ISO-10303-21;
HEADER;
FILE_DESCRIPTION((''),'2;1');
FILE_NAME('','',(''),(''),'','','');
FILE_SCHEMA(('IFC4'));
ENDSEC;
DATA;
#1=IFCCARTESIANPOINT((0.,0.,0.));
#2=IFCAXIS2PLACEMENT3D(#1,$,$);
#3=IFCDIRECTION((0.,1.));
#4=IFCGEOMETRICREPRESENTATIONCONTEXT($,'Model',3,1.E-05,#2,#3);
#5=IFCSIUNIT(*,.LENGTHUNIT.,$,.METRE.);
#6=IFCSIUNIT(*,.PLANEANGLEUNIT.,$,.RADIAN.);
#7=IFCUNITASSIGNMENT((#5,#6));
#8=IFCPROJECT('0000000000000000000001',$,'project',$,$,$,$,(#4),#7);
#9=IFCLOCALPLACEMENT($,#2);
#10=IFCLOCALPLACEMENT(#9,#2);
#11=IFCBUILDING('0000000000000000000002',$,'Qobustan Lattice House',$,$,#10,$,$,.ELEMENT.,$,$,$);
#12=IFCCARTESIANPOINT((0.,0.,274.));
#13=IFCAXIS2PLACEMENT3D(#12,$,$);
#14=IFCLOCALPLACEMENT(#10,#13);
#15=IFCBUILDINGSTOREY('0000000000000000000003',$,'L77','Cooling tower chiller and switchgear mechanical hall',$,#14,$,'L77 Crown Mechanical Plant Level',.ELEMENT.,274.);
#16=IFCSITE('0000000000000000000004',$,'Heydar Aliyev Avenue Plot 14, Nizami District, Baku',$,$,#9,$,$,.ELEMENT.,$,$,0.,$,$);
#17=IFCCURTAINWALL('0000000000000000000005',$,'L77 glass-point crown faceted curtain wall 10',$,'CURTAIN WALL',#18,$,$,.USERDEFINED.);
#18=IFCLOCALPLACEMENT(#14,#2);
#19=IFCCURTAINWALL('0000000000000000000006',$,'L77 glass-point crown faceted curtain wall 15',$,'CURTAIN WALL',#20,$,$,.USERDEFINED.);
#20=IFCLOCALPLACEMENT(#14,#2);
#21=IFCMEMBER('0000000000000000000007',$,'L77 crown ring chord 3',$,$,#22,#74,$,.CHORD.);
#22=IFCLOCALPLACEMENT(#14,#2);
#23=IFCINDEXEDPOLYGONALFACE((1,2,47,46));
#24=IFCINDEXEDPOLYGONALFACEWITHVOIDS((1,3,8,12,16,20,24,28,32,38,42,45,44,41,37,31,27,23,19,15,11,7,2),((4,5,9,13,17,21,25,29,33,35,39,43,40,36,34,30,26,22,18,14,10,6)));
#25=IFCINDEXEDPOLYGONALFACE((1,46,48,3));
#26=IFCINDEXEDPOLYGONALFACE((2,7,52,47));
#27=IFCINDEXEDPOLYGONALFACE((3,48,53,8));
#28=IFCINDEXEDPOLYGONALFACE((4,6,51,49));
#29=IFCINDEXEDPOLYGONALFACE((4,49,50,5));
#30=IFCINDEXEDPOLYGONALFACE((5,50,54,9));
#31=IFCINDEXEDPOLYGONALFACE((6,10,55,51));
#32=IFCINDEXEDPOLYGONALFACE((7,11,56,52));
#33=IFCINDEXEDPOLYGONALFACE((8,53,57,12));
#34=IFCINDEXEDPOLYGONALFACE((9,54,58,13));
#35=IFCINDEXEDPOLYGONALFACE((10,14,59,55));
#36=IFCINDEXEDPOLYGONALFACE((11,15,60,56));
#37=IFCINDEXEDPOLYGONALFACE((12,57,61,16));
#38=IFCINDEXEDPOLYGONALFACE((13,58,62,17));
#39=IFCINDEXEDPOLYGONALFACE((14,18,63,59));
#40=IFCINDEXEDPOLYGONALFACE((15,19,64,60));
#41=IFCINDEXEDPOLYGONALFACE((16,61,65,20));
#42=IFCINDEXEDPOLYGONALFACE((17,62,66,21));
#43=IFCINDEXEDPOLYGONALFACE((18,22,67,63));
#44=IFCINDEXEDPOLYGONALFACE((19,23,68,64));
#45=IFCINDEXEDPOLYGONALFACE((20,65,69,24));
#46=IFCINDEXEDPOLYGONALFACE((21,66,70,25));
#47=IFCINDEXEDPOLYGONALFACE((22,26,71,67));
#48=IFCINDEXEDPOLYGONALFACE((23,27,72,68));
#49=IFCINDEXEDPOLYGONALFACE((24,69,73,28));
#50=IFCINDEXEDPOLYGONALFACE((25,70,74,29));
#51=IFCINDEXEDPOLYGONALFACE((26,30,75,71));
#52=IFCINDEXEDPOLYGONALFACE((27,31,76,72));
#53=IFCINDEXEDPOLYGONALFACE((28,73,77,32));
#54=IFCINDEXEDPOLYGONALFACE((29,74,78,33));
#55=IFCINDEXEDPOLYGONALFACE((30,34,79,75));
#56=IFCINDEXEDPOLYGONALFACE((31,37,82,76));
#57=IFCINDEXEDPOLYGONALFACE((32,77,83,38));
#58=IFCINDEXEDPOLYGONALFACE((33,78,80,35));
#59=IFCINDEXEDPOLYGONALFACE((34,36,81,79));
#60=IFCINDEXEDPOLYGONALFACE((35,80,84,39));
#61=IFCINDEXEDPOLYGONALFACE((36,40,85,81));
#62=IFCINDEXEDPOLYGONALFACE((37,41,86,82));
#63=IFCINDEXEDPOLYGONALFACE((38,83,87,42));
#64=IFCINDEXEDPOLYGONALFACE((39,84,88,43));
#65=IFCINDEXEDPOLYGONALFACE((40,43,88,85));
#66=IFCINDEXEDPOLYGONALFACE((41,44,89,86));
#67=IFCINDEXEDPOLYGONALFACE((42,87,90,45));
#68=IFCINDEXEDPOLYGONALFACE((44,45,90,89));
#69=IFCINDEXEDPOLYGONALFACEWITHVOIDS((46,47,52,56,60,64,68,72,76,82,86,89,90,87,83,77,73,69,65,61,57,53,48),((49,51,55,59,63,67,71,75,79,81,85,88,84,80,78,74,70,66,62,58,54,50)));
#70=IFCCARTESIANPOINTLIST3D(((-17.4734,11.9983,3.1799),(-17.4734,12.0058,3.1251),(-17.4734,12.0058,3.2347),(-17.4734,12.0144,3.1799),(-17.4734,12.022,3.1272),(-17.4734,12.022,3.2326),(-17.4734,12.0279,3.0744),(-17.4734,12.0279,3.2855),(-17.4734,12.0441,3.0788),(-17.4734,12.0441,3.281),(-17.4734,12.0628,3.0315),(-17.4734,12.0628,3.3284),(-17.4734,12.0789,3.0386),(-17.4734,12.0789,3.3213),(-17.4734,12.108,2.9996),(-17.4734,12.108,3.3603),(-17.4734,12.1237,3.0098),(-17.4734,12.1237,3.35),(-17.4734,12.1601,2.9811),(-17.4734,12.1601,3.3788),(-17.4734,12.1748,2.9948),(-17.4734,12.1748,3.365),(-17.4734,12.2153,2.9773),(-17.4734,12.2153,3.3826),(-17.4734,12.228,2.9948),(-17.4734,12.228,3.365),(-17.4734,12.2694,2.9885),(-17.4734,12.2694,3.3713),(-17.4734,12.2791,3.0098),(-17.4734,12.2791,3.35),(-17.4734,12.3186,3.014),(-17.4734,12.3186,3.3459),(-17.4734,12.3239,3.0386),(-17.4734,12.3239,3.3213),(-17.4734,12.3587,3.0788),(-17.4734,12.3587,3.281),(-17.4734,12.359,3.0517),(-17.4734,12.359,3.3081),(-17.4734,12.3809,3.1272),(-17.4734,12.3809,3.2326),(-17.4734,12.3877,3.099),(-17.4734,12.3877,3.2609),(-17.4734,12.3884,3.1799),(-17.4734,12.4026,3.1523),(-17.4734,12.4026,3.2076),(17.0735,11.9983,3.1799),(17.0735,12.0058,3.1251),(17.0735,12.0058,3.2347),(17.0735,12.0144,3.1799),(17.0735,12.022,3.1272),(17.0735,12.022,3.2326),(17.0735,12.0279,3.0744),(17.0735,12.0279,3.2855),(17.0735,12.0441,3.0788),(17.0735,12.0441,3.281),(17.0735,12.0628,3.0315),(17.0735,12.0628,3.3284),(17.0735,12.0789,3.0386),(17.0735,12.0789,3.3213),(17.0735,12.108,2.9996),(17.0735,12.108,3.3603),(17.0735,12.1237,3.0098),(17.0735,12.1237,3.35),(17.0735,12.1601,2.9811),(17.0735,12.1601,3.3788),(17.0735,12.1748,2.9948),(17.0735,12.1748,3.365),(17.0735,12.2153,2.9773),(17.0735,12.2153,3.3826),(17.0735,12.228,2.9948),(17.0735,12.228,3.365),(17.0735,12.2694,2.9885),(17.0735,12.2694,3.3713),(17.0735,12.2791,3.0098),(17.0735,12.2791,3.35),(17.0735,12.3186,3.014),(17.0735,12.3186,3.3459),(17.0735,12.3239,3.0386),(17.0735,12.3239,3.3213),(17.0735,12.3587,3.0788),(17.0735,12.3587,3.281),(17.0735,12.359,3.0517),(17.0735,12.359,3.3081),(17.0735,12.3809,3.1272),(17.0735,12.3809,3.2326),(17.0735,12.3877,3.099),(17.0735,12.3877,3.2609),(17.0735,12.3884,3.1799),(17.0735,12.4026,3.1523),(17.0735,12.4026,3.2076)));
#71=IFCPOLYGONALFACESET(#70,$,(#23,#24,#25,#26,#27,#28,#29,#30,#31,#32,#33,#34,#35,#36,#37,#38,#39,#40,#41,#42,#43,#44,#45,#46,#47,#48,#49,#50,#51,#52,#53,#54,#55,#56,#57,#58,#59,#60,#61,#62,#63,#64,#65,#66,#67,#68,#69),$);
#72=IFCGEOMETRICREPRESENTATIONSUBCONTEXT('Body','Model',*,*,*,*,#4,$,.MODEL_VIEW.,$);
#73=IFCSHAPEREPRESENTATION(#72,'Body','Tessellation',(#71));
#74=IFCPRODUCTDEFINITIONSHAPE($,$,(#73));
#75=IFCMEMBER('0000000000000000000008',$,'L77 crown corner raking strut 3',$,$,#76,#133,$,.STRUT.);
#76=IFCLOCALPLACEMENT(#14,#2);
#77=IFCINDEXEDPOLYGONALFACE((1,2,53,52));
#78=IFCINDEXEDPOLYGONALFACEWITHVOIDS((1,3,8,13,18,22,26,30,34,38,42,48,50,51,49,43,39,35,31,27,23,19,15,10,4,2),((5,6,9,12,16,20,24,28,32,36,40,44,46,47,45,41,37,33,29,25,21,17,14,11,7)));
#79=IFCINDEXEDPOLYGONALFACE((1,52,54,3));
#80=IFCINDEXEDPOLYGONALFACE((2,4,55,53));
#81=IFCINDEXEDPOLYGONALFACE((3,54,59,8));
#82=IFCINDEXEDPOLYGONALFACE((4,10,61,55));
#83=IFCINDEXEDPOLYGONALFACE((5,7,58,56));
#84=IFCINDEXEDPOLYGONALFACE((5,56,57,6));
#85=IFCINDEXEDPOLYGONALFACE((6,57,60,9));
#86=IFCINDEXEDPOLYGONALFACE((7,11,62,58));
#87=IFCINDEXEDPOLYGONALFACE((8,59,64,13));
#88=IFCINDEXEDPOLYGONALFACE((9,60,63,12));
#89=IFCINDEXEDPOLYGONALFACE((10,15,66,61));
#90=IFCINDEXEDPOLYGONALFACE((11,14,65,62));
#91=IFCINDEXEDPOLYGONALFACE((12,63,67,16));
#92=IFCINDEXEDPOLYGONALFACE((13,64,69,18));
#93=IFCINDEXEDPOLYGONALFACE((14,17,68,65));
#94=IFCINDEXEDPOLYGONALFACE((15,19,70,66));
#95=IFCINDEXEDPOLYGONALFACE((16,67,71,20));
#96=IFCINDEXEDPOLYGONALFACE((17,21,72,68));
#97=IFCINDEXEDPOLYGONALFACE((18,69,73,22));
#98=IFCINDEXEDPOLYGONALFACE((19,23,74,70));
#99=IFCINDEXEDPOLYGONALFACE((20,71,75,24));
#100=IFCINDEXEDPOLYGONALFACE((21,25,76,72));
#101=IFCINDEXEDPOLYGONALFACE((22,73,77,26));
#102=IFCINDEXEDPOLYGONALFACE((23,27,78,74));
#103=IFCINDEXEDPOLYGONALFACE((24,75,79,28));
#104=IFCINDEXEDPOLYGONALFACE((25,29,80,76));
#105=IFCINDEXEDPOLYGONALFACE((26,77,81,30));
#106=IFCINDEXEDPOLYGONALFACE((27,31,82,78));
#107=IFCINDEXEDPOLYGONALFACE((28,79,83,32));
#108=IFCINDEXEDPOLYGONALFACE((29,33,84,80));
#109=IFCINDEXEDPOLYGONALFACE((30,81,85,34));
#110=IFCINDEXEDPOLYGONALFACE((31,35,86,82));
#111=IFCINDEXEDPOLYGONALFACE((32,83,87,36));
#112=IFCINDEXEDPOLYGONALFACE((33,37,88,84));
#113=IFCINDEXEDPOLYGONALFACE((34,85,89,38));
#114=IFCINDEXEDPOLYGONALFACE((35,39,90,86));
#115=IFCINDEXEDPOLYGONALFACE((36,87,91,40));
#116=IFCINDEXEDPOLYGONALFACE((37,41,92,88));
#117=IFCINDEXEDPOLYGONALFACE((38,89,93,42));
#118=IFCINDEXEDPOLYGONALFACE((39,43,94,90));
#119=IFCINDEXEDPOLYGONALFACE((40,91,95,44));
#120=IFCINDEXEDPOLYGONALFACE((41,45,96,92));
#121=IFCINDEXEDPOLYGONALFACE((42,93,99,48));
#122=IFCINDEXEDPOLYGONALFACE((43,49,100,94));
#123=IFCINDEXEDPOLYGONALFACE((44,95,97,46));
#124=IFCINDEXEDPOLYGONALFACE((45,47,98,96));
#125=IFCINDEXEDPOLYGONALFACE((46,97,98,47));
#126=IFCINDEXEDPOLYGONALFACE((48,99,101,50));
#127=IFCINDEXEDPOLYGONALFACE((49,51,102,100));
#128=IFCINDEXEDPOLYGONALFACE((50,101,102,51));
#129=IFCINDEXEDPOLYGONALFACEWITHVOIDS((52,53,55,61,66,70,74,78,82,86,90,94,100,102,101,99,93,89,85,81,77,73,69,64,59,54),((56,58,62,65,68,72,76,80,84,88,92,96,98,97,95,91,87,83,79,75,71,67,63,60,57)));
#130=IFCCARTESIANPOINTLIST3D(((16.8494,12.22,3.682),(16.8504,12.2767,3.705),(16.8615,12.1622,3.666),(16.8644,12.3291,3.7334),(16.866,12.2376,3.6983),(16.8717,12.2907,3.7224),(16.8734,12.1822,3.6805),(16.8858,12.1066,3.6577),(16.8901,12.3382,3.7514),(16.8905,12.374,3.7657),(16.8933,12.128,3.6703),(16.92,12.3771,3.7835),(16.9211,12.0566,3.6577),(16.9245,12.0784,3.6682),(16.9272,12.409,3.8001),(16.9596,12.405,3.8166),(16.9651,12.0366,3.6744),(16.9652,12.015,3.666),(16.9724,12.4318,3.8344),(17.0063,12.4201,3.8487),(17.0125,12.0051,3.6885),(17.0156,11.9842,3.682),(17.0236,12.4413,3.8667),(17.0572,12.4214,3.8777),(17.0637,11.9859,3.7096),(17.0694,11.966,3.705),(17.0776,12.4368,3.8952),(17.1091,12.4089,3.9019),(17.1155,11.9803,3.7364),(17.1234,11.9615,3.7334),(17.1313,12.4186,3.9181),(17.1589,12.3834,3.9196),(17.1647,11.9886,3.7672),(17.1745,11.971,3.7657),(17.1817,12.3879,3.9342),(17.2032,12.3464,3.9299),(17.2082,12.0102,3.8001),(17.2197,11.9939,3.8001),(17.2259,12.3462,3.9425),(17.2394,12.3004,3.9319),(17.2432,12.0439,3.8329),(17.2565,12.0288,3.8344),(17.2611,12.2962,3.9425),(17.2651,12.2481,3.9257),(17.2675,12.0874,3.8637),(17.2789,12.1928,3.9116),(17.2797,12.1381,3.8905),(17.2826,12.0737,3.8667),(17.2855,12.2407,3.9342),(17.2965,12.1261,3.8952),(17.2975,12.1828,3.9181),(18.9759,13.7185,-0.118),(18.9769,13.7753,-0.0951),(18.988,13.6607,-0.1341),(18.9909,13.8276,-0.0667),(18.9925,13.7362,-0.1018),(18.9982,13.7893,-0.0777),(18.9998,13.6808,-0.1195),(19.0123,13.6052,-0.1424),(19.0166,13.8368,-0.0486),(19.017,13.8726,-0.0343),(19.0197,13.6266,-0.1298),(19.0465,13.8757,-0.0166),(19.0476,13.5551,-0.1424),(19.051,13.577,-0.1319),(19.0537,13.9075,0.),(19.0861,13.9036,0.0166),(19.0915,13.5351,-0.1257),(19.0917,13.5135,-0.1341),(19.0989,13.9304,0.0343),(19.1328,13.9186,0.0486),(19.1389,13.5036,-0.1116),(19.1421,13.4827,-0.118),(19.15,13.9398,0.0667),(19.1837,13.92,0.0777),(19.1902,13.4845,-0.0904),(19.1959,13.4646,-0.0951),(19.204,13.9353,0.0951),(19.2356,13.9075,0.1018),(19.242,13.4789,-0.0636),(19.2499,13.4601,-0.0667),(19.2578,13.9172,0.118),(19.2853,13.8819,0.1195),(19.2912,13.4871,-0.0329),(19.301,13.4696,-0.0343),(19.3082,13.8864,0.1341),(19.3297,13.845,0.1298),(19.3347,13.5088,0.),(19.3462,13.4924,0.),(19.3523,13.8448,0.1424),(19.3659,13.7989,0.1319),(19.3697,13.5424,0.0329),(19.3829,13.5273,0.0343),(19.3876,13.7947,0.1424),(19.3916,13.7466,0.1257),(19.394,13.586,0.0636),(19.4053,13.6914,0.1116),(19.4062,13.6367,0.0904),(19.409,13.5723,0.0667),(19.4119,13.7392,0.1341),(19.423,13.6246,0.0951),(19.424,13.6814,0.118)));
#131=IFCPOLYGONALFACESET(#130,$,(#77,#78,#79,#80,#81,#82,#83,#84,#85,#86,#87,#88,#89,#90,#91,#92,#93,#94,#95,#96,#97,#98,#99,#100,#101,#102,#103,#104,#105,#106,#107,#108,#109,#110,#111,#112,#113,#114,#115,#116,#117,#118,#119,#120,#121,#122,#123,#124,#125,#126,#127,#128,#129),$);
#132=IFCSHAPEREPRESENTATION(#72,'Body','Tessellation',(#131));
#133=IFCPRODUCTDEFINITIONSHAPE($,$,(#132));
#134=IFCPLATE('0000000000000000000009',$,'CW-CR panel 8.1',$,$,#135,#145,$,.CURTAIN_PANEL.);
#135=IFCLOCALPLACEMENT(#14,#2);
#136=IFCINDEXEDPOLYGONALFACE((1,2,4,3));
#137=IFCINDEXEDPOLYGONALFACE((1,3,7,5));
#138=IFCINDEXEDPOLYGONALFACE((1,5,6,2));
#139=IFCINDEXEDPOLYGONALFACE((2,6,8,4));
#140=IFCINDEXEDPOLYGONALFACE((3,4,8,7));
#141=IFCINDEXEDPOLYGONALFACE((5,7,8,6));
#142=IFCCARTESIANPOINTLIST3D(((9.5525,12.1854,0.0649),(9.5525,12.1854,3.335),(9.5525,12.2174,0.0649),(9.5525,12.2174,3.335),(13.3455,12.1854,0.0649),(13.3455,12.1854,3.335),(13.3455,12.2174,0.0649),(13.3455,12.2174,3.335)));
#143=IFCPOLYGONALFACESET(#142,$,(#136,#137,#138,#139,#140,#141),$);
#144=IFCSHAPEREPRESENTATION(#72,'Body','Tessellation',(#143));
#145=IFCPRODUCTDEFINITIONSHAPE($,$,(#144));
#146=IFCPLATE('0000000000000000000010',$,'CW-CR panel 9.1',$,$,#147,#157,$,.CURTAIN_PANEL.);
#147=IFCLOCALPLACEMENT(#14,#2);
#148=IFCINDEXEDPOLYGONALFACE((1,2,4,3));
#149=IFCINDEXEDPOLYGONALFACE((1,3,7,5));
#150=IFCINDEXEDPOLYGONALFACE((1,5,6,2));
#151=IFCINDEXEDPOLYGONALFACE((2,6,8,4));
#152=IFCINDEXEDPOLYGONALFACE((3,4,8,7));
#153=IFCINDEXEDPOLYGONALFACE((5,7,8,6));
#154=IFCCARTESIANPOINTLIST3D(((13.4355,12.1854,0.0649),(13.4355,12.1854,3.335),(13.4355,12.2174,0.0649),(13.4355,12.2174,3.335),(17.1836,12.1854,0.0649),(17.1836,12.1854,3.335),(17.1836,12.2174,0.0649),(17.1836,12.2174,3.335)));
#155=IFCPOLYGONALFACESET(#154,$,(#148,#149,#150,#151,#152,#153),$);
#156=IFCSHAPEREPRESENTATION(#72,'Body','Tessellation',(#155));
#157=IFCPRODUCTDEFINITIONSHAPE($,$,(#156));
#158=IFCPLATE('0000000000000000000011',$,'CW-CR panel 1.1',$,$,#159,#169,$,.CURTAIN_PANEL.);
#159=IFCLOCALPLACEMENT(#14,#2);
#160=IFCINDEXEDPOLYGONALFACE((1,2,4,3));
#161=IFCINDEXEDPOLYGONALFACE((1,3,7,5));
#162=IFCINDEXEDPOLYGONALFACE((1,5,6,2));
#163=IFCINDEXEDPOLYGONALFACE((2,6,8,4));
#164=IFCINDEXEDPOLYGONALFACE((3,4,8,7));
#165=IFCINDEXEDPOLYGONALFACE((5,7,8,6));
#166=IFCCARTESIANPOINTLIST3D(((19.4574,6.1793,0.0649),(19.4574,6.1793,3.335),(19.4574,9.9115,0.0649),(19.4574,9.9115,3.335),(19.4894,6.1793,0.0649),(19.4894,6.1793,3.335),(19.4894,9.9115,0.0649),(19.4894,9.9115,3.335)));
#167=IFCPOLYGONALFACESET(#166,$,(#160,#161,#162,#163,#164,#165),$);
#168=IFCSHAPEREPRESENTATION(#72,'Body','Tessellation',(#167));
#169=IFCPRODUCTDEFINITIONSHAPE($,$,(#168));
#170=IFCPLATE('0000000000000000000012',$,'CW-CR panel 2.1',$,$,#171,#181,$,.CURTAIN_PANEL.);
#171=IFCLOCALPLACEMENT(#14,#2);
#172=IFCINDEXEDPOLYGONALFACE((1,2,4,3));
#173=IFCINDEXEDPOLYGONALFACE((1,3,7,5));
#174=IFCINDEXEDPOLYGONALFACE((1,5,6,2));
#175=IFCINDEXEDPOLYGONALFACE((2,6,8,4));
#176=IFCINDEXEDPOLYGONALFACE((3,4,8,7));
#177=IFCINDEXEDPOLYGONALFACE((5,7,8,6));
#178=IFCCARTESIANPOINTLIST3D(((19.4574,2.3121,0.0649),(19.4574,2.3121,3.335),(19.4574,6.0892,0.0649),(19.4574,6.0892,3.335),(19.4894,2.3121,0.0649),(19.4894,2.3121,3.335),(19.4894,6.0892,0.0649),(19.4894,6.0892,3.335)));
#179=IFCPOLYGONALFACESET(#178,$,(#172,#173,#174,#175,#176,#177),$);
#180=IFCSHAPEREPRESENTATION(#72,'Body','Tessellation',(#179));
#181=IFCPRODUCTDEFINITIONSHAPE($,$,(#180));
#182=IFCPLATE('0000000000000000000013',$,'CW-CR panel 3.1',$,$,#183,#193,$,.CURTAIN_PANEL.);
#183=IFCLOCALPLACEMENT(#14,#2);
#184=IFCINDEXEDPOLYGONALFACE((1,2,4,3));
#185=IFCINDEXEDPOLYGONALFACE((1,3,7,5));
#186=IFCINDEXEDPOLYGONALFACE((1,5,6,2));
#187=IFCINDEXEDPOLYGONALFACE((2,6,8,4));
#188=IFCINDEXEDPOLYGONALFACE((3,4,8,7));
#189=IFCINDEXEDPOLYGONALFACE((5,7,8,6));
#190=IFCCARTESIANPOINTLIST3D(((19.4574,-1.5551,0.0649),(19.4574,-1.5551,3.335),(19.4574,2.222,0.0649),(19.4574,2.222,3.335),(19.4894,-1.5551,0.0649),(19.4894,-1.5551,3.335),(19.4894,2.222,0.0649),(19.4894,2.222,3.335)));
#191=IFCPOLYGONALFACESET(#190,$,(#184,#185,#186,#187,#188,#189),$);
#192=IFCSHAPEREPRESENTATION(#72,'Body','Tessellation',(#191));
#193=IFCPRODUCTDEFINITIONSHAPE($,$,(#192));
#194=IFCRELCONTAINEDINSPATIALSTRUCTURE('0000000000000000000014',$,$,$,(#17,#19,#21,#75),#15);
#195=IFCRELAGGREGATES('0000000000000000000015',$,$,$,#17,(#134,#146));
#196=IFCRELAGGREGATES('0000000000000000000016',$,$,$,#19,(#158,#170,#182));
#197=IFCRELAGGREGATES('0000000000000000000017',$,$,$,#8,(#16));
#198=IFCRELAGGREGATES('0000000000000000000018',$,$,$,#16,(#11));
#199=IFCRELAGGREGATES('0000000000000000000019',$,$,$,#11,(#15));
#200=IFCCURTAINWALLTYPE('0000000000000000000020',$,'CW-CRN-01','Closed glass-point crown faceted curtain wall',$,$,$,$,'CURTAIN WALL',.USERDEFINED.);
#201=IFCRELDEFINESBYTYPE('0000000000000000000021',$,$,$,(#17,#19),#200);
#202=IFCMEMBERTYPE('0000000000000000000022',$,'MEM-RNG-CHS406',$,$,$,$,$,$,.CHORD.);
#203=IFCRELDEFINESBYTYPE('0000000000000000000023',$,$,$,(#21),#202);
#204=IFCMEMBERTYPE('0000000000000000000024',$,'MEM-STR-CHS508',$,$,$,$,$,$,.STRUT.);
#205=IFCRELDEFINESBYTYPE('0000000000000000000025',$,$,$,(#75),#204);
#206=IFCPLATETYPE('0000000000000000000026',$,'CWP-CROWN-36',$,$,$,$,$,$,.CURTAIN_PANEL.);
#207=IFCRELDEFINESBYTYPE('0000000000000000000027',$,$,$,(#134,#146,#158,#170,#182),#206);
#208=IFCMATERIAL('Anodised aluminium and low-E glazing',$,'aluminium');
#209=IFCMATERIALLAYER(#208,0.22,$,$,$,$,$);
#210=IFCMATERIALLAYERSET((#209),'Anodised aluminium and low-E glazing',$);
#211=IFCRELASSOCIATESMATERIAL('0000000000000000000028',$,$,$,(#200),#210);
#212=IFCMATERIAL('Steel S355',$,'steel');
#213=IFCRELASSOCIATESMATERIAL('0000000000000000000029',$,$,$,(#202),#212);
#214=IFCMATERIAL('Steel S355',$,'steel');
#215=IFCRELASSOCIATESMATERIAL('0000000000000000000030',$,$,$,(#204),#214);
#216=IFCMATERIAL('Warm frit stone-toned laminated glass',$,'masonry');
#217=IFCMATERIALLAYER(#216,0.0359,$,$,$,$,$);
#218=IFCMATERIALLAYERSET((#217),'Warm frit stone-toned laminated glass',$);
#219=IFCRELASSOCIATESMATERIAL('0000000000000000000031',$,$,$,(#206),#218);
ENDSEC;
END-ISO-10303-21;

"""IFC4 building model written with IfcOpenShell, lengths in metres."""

from ifc_helpers import new_model, si_unit, direction, frame, origin, origin_2d, place, context, subcontext, project, spatial, rectangle, hollow_circle, extrude, material, layer, layer_set, material_profile, profile_set, type_object, element, aggregate, save


model = new_model("IFC4")

# Units and contexts
model_context = context("Model", 3, precision=1e-05, world=origin(), true_north=direction((0.0, 1.0)))
body_context = subcontext(model_context, "Body", "Model", "MODEL_VIEW")
ifc_project = project(units=[si_unit("LENGTHUNIT", "METRE"), si_unit("PLANEANGLEUNIT", "RADIAN")], contexts=[model_context])

# Site, building, storey
site_placement = place(None, origin())
site = spatial("IfcSite", under=ifc_project, at=site_placement, Name="Heydar Aliyev Avenue Plot 14, Nizami District, Baku", CompositionType="ELEMENT", RefElevation=0.0)
building_placement = place(site_placement, origin())
building = spatial("IfcBuilding", under=site, at=building_placement, Name="Qobustan Lattice House", CompositionType="ELEMENT")
storey_placement = place(building_placement, frame((0.0, 0.0, 274.0)))
storey = spatial("IfcBuildingStorey", under=building, at=storey_placement, Name="L77", Description="Cooling tower chiller and switchgear mechanical hall", LongName="L77 Crown Mechanical Plant Level", CompositionType="ELEMENT", Elevation=274.0)

# Curtain walls
ifc_material_1 = material(Name="Anodised aluminium and low-E glazing", Category="aluminium")
ifc_layer_1 = layer(ifc_material_1, 0.22)
ifc_layer_set_1 = layer_set([ifc_layer_1], Name="Anodised aluminium and low-E glazing")
curtain_wall_type = type_object("IfcCurtainWallType", Name="CW-CRN-01", Description="Closed glass-point crown faceted curtain wall", ElementType="CURTAIN WALL", PredefinedType="USERDEFINED", material=ifc_layer_set_1)
curtain_wall_1_placement = place(storey_placement, origin())
curtain_wall_1 = element("IfcCurtainWall", 1, at=curtain_wall_1_placement, inside=storey, type_object=curtain_wall_type, Name="L77 glass-point crown faceted curtain wall 10", ObjectType="CURTAIN WALL", PredefinedType="USERDEFINED")
curtain_wall_2_placement = place(storey_placement, origin())
curtain_wall_2 = element("IfcCurtainWall", 2, at=curtain_wall_2_placement, inside=storey, type_object=curtain_wall_type, Name="L77 glass-point crown faceted curtain wall 15", ObjectType="CURTAIN WALL", PredefinedType="USERDEFINED")

# Members
ifc_material_2 = material(Name="Steel S355", Category="steel")
ifc_material_profile_1 = material_profile(ifc_material_2, hollow_circle(Radius=0.2031, WallThickness=0.0161, at=origin_2d()), Name="CHS406.4x16")
ifc_profile_set_1 = profile_set([ifc_material_profile_1], Name="Steel S355")
member_type_1 = type_object("IfcMemberType", Name="MEM-RNG-CHS406", PredefinedType="CHORD", material=ifc_profile_set_1)
member_1_placement = place(storey_placement, frame((17.0735, 12.2014, 3.1799), z_axis=(-1.0, 0.0, 0.0), x_axis=(0.0, -1.0, 0.0)))
element("IfcMember", 3, at=member_1_placement, inside=storey, type_object=member_type_1, Name="L77 crown ring chord 3", PredefinedType="CHORD", context=body_context, shape_type="SweptSolid", body=[
    extrude(hollow_circle(Radius=0.2031, WallThickness=0.0161, at=origin_2d()), origin(), (0.0, 0.0, 1.0), 34.5469),
])
ifc_material_3 = material(Name="Steel S355", Category="steel")
ifc_material_profile_2 = material_profile(ifc_material_3, hollow_circle(Radius=0.2539, WallThickness=0.02, at=origin_2d()), Name="CHS508x20")
ifc_profile_set_2 = profile_set([ifc_material_profile_2], Name="Steel S355")
member_type_2 = type_object("IfcMemberType", Name="MEM-STR-CHS508", PredefinedType="STRUT", material=ifc_profile_set_2)
member_2_placement = place(storey_placement, frame((19.2, 13.7, 0.0), z_axis=(-0.461753, -0.325401, 0.825165), x_axis=(0.576042, -0.81742, 0.0)))
element("IfcMember", 4, at=member_2_placement, inside=storey, type_object=member_type_2, Name="L77 crown corner raking strut 3", PredefinedType="STRUT", context=body_context, shape_type="SweptSolid", body=[
    extrude(hollow_circle(Radius=0.2539, WallThickness=0.02, at=origin_2d()), origin(), (0.0, 0.0, 1.0), 4.6052),
])

# Plates
ifc_material_4 = material(Name="Warm frit stone-toned laminated glass", Category="masonry")
ifc_layer_2 = layer(ifc_material_4, 0.0359)
ifc_layer_set_2 = layer_set([ifc_layer_2], Name="Warm frit stone-toned laminated glass")
plate_type_1 = type_object("IfcPlateType", Name="CWP-CROWN-36", PredefinedType="CURTAIN_PANEL", material=ifc_layer_set_2)
plate_1_placement = place(storey_placement, frame((11.449, 12.2014, 0.0649), z_axis=(0.0, 0.0, 1.0), x_axis=(1.0, 0.0, 0.0)))
plate_1 = element("IfcPlate", 5, at=plate_1_placement, type_object=plate_type_1, Name="CW-CR panel 8.1", PredefinedType="CURTAIN_PANEL", context=body_context, shape_type="SweptSolid", body=[
    extrude(rectangle(XDim=3.793, YDim=0.032, at=origin_2d()), origin(), (0.0, 0.0, 1.0), 3.27),
])
plate_2_placement = place(storey_placement, frame((15.3096, 12.2014, 0.0649), z_axis=(0.0, 0.0, 1.0), x_axis=(1.0, 0.0, 0.0)))
plate_2 = element("IfcPlate", 6, at=plate_2_placement, type_object=plate_type_1, Name="CW-CR panel 9.1", PredefinedType="CURTAIN_PANEL", context=body_context, shape_type="SweptSolid", body=[
    extrude(rectangle(XDim=3.748, YDim=0.032, at=origin_2d()), origin(), (0.0, 0.0, 1.0), 3.27),
])
aggregate(curtain_wall_1, [plate_1, plate_2])
plate_3_placement = place(storey_placement, frame((19.4734, 8.0454, 0.0649), z_axis=(0.0, 0.0, 1.0), x_axis=(0.0, -1.0, 0.0)))
plate_3 = element("IfcPlate", 7, at=plate_3_placement, type_object=plate_type_1, Name="CW-CR panel 1.1", PredefinedType="CURTAIN_PANEL", context=body_context, shape_type="SweptSolid", body=[
    extrude(rectangle(XDim=3.7322, YDim=0.032, at=origin_2d()), origin(), (0.0, 0.0, 1.0), 3.27),
])
plate_4_placement = place(storey_placement, frame((19.4734, 4.2007, 0.0649), z_axis=(0.0, 0.0, 1.0), x_axis=(0.0, -1.0, 0.0)))
plate_4 = element("IfcPlate", 8, at=plate_4_placement, type_object=plate_type_1, Name="CW-CR panel 2.1", PredefinedType="CURTAIN_PANEL", context=body_context, shape_type="SweptSolid", body=[
    extrude(rectangle(XDim=3.7771, YDim=0.032, at=origin_2d()), origin(), (0.0, 0.0, 1.0), 3.27),
])
plate_5_placement = place(storey_placement, frame((19.4734, 0.3335, 0.0649), z_axis=(0.0, 0.0, 1.0), x_axis=(0.0, -1.0, 0.0)))
plate_5 = element("IfcPlate", 9, at=plate_5_placement, type_object=plate_type_1, Name="CW-CR panel 3.1", PredefinedType="CURTAIN_PANEL", context=body_context, shape_type="SweptSolid", body=[
    extrude(rectangle(XDim=3.7771, YDim=0.032, at=origin_2d()), origin(), (0.0, 0.0, 1.0), 3.27),
])
aggregate(curtain_wall_2, [plate_3, plate_4, plate_5])

save(model, "model.ifc")
